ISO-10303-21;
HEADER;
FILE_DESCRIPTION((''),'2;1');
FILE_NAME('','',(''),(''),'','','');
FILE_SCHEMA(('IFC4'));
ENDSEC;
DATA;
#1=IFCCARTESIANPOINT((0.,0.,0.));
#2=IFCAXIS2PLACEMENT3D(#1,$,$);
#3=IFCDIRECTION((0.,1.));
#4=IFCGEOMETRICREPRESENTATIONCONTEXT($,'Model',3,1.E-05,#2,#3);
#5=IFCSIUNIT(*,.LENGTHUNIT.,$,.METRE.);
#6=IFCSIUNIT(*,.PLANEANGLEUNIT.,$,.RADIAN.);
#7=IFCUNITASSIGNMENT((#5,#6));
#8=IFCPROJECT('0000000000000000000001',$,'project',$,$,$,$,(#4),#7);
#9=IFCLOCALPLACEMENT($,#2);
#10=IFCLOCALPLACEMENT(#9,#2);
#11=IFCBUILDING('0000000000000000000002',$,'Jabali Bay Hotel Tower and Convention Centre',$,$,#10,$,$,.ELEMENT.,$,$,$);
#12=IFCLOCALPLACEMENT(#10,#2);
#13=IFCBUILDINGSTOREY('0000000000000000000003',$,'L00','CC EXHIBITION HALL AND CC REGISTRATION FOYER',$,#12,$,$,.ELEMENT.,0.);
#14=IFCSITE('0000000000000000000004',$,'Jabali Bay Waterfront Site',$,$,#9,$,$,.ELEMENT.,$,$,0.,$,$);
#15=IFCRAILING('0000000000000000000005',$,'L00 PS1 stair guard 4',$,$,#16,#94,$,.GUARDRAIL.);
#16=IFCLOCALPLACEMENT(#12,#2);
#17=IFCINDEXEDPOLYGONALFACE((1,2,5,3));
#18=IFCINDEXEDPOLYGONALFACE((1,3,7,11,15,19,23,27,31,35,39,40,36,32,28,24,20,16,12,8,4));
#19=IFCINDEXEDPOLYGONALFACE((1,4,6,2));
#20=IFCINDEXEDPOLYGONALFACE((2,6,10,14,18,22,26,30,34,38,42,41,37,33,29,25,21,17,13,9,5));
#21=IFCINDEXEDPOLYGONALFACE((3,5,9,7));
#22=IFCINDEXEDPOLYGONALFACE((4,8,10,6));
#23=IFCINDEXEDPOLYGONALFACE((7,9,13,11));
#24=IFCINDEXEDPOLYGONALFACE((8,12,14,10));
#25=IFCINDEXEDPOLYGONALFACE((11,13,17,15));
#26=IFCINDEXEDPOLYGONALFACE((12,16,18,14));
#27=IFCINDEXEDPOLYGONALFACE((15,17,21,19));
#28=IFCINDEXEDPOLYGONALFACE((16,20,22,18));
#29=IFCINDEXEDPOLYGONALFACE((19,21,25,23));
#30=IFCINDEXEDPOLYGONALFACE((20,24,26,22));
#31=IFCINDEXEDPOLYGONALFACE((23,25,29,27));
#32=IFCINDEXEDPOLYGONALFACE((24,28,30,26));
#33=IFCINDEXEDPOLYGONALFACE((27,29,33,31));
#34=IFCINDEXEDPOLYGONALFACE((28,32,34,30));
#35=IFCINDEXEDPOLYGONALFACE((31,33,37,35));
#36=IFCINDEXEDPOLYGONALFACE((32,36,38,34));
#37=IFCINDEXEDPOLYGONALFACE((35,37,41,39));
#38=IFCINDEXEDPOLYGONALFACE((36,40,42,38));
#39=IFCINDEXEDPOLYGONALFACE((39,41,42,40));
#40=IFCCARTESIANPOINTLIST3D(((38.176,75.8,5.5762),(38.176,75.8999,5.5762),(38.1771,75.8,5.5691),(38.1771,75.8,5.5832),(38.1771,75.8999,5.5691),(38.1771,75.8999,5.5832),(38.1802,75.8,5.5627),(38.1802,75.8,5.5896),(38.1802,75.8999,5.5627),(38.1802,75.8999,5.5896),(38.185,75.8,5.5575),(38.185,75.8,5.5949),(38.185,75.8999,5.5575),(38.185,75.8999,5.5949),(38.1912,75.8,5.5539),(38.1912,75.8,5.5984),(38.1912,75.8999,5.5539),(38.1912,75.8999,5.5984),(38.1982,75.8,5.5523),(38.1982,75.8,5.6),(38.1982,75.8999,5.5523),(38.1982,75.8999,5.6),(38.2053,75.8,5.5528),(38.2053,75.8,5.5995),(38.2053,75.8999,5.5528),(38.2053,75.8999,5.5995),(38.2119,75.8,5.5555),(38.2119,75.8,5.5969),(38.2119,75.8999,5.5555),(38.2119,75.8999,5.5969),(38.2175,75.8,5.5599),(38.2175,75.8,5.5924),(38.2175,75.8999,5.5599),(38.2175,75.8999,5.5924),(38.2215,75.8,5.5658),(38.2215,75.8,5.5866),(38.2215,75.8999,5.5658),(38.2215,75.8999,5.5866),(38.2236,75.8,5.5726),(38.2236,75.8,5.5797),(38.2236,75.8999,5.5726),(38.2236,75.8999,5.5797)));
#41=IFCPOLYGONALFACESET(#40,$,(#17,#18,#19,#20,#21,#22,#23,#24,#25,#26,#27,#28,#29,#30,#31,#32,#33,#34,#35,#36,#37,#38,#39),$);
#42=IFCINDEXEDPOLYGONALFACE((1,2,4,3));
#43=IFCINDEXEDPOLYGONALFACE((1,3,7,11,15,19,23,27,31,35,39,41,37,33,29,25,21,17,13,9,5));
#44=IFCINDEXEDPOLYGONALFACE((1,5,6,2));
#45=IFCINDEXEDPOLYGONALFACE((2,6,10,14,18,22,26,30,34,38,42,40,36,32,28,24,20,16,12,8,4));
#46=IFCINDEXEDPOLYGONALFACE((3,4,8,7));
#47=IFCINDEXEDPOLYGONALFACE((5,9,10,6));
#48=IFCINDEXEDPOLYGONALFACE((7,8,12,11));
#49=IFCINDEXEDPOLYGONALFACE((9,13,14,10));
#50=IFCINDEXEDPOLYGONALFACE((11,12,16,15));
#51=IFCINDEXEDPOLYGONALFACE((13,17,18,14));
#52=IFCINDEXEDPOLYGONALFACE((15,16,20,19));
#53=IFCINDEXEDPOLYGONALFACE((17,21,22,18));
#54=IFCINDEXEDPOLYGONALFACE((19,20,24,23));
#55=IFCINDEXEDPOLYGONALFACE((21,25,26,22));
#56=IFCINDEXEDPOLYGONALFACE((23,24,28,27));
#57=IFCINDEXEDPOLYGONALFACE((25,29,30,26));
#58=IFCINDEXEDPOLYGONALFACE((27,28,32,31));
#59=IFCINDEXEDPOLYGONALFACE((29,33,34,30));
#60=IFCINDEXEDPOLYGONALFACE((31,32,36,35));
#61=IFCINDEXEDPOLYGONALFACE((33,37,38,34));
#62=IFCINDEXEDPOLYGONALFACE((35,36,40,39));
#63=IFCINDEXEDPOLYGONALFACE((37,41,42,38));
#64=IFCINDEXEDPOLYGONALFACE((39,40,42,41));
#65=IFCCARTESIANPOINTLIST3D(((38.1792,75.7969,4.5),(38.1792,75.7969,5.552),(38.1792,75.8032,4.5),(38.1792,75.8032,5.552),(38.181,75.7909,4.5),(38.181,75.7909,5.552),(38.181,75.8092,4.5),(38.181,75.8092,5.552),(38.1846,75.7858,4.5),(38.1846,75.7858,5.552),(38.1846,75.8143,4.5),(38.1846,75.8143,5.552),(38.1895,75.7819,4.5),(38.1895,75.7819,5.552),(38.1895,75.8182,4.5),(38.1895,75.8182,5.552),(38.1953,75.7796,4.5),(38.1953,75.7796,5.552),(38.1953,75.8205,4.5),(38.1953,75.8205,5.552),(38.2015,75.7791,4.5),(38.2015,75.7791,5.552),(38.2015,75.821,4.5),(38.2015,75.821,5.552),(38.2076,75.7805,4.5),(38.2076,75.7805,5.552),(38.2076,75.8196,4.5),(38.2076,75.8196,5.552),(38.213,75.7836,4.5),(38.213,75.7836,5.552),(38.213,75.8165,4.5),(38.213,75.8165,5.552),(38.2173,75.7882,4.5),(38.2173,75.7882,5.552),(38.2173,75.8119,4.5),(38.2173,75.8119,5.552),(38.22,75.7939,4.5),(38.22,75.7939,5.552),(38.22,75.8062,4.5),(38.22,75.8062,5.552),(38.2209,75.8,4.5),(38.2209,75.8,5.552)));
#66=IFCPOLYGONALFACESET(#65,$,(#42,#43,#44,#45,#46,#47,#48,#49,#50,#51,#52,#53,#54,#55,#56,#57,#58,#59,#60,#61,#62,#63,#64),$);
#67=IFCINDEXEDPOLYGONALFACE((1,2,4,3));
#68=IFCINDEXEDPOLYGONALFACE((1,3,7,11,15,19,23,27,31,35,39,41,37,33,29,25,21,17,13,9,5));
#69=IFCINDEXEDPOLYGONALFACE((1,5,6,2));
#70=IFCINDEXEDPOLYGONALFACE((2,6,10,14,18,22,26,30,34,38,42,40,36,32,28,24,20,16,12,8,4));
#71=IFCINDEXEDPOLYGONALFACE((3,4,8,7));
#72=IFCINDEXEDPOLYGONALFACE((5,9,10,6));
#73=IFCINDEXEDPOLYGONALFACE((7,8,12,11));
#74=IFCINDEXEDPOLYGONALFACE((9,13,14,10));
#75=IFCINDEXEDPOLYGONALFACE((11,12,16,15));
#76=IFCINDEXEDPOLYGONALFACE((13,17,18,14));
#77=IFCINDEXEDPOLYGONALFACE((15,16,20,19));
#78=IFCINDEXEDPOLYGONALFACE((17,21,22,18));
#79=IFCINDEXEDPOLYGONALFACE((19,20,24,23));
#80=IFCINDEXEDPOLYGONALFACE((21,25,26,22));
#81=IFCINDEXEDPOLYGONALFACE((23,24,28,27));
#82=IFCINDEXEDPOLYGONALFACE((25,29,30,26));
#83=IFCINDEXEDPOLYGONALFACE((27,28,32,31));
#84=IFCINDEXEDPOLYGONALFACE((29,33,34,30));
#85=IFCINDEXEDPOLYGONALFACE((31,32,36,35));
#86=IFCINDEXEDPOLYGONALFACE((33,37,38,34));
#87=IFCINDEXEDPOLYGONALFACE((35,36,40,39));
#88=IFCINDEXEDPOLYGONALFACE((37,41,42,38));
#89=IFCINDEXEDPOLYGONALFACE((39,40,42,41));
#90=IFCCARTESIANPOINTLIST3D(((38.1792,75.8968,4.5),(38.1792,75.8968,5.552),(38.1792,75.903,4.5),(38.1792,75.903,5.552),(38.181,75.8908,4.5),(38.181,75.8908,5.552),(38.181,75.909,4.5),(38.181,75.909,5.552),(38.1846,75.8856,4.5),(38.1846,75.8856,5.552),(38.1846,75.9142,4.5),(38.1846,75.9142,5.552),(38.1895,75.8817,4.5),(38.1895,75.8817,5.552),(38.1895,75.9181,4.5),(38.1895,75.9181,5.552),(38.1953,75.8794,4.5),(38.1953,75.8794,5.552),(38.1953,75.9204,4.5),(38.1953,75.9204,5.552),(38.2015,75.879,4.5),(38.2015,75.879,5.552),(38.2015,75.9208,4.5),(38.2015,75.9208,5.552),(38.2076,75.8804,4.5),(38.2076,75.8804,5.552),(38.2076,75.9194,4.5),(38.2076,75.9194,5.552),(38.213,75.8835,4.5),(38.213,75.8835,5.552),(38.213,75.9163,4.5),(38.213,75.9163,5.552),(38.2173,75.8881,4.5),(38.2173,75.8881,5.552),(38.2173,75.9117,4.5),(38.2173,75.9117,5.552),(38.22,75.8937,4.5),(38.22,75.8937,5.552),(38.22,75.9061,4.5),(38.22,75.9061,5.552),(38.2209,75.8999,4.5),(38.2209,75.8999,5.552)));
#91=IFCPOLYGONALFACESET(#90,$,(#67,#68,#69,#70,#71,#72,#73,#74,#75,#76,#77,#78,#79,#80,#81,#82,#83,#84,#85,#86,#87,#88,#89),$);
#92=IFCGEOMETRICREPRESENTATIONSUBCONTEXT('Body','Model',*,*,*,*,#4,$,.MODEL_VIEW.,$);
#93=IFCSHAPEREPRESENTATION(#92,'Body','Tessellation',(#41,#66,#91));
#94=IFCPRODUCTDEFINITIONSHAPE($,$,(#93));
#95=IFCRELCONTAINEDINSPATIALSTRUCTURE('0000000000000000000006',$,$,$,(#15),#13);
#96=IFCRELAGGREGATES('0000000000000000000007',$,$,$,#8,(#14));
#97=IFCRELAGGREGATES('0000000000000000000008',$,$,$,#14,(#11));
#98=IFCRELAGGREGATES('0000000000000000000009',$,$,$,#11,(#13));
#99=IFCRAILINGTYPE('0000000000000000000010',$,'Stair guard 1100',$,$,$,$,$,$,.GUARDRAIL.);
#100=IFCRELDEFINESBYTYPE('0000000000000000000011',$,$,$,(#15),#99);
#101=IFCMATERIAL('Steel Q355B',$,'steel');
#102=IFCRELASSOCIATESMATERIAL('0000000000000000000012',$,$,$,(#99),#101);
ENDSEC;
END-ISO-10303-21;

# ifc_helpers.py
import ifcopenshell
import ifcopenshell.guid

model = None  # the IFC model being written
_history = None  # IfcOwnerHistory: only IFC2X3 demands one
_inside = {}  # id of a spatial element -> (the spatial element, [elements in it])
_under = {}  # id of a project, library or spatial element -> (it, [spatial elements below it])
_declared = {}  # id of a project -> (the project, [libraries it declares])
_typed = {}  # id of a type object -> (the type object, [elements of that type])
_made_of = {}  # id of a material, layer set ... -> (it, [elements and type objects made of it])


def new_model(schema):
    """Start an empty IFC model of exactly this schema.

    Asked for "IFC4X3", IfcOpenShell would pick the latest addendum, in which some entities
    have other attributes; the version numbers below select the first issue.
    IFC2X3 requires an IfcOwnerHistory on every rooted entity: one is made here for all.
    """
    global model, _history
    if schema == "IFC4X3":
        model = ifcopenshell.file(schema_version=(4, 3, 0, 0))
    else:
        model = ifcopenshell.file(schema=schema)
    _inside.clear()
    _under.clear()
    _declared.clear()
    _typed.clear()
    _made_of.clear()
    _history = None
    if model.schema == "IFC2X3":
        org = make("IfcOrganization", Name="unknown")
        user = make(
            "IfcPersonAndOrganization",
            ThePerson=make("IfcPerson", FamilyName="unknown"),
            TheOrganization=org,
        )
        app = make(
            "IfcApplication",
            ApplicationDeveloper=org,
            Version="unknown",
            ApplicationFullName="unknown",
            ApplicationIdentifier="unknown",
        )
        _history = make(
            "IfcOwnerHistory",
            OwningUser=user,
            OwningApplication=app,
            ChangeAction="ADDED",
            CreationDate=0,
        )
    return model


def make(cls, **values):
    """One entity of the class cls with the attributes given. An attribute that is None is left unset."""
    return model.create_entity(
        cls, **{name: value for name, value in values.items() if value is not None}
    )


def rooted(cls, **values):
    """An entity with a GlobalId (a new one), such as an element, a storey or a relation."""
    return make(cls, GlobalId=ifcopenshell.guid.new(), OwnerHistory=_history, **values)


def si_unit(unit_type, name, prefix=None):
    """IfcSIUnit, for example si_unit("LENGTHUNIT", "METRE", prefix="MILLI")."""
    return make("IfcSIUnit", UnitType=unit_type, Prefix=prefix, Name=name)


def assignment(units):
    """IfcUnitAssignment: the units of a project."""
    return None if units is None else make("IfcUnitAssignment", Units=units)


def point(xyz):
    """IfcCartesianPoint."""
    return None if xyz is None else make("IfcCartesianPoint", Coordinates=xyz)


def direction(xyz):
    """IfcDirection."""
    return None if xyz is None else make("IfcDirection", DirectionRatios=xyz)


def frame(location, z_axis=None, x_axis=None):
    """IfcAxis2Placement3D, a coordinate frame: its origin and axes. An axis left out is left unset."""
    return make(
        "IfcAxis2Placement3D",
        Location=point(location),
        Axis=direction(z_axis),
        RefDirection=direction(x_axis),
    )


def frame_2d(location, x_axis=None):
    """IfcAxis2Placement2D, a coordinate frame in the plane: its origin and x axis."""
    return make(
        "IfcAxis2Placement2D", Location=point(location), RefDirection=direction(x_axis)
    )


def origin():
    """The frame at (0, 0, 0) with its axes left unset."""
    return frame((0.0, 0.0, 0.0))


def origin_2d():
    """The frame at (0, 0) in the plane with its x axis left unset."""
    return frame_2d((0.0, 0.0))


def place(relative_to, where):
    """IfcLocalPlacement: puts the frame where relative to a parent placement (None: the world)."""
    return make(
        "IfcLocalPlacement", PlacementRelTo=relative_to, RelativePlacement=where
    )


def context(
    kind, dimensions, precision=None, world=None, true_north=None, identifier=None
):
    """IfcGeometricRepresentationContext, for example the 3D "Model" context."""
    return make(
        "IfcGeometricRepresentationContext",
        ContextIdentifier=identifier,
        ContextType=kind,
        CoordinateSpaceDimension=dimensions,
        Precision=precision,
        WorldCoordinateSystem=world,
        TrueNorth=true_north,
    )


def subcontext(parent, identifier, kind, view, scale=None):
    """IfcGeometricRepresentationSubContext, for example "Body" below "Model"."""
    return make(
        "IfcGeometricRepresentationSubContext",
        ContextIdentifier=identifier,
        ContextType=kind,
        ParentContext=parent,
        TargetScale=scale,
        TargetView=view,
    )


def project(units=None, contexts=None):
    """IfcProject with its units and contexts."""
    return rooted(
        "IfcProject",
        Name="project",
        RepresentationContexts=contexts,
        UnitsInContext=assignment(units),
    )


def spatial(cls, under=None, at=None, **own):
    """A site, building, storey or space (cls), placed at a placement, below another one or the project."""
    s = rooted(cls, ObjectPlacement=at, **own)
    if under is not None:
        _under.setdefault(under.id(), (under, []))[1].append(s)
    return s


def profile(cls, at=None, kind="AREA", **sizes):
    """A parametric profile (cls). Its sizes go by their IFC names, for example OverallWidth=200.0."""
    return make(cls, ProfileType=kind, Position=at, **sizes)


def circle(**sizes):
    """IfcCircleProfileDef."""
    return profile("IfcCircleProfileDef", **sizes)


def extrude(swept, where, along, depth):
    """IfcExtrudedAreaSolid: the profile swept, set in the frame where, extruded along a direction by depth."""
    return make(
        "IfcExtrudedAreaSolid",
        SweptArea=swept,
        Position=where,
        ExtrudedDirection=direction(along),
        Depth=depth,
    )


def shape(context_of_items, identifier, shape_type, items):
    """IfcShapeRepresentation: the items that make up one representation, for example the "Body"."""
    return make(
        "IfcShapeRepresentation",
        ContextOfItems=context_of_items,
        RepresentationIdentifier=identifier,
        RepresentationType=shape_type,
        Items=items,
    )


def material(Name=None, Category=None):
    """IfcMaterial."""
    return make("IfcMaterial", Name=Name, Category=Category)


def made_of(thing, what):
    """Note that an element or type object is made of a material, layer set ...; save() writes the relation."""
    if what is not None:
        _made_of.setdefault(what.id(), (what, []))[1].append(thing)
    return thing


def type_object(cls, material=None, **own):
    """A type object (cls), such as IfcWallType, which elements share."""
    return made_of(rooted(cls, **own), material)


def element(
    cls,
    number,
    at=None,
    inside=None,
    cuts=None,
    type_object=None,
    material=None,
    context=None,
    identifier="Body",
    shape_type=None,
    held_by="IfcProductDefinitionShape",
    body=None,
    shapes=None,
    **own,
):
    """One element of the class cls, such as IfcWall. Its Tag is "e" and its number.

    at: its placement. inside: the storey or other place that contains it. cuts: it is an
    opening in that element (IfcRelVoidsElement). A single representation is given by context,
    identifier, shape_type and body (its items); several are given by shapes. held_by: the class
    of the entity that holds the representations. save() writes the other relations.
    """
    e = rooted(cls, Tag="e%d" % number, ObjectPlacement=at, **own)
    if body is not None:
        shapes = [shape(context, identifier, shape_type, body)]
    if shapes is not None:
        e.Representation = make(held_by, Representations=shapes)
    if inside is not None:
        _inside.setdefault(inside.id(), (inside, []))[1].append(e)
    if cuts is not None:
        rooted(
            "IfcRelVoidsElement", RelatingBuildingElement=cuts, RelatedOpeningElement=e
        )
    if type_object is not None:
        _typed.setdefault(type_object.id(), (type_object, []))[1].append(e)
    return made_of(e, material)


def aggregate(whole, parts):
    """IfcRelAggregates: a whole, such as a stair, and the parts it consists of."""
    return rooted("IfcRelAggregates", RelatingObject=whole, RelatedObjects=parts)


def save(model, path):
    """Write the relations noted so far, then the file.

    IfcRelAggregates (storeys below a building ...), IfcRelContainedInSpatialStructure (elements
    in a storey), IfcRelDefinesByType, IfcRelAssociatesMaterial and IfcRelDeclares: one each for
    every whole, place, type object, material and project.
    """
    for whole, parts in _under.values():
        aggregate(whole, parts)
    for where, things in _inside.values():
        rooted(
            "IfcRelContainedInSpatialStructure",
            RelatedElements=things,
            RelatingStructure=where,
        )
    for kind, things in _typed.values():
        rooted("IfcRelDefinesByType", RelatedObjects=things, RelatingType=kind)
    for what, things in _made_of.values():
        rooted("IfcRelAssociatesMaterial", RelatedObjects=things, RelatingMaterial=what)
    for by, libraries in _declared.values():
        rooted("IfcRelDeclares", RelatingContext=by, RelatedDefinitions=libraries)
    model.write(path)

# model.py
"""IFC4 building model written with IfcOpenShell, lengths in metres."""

from ifc_helpers import new_model, si_unit, direction, frame, origin, origin_2d, place, context, subcontext, project, spatial, circle, extrude, material, type_object, element, save


model = new_model("IFC4")

# Units and contexts
model_context = context("Model", 3, precision=1e-05, world=origin(), true_north=direction((0.0, 1.0)))
body_context = subcontext(model_context, "Body", "Model", "MODEL_VIEW")
ifc_project = project(units=[si_unit("LENGTHUNIT", "METRE"), si_unit("PLANEANGLEUNIT", "RADIAN")], contexts=[model_context])

# Site, building, storey
site_placement = place(None, origin())
site = spatial("IfcSite", under=ifc_project, at=site_placement, Name="Jabali Bay Waterfront Site", CompositionType="ELEMENT", RefElevation=0.0)
building_placement = place(site_placement, origin())
building = spatial("IfcBuilding", under=site, at=building_placement, Name="Jabali Bay Hotel Tower and Convention Centre", CompositionType="ELEMENT")
storey_placement = place(building_placement, origin())
storey = spatial("IfcBuildingStorey", under=building, at=storey_placement, Name="L00", Description="CC EXHIBITION HALL AND CC REGISTRATION FOYER", CompositionType="ELEMENT", Elevation=0.0)

# Railing
ifc_material_1 = material(Name="Steel Q355B", Category="steel")
railing_type_1 = type_object("IfcRailingType", Name="Stair guard 1100", PredefinedType="GUARDRAIL", material=ifc_material_1)
railing_1_placement = place(storey_placement, frame((38.2, 75.8, 4.5)))
element("IfcRailing", 1, at=railing_1_placement, inside=storey, type_object=railing_type_1, Name="L00 PS1 stair guard 4", PredefinedType="GUARDRAIL", context=body_context, shape_type="SweptSolid", body=[
    extrude(circle(Radius=0.0239, at=origin_2d()), frame((0.0, 0.0, 1.0762), z_axis=(0.0, 1.0, 0.0), x_axis=(-1.0, 0.0, 0.0)), (0.0, 0.0, 1.0), 0.0999),
    extrude(circle(Radius=0.021, at=origin_2d()), origin(), (0.0, 0.0, 1.0), 1.052),
    extrude(circle(Radius=0.021, at=origin_2d()), frame((0.0, 0.0999, 0.0)), (0.0, 0.0, 1.0), 1.052),
])

save(model, "model.ifc")
